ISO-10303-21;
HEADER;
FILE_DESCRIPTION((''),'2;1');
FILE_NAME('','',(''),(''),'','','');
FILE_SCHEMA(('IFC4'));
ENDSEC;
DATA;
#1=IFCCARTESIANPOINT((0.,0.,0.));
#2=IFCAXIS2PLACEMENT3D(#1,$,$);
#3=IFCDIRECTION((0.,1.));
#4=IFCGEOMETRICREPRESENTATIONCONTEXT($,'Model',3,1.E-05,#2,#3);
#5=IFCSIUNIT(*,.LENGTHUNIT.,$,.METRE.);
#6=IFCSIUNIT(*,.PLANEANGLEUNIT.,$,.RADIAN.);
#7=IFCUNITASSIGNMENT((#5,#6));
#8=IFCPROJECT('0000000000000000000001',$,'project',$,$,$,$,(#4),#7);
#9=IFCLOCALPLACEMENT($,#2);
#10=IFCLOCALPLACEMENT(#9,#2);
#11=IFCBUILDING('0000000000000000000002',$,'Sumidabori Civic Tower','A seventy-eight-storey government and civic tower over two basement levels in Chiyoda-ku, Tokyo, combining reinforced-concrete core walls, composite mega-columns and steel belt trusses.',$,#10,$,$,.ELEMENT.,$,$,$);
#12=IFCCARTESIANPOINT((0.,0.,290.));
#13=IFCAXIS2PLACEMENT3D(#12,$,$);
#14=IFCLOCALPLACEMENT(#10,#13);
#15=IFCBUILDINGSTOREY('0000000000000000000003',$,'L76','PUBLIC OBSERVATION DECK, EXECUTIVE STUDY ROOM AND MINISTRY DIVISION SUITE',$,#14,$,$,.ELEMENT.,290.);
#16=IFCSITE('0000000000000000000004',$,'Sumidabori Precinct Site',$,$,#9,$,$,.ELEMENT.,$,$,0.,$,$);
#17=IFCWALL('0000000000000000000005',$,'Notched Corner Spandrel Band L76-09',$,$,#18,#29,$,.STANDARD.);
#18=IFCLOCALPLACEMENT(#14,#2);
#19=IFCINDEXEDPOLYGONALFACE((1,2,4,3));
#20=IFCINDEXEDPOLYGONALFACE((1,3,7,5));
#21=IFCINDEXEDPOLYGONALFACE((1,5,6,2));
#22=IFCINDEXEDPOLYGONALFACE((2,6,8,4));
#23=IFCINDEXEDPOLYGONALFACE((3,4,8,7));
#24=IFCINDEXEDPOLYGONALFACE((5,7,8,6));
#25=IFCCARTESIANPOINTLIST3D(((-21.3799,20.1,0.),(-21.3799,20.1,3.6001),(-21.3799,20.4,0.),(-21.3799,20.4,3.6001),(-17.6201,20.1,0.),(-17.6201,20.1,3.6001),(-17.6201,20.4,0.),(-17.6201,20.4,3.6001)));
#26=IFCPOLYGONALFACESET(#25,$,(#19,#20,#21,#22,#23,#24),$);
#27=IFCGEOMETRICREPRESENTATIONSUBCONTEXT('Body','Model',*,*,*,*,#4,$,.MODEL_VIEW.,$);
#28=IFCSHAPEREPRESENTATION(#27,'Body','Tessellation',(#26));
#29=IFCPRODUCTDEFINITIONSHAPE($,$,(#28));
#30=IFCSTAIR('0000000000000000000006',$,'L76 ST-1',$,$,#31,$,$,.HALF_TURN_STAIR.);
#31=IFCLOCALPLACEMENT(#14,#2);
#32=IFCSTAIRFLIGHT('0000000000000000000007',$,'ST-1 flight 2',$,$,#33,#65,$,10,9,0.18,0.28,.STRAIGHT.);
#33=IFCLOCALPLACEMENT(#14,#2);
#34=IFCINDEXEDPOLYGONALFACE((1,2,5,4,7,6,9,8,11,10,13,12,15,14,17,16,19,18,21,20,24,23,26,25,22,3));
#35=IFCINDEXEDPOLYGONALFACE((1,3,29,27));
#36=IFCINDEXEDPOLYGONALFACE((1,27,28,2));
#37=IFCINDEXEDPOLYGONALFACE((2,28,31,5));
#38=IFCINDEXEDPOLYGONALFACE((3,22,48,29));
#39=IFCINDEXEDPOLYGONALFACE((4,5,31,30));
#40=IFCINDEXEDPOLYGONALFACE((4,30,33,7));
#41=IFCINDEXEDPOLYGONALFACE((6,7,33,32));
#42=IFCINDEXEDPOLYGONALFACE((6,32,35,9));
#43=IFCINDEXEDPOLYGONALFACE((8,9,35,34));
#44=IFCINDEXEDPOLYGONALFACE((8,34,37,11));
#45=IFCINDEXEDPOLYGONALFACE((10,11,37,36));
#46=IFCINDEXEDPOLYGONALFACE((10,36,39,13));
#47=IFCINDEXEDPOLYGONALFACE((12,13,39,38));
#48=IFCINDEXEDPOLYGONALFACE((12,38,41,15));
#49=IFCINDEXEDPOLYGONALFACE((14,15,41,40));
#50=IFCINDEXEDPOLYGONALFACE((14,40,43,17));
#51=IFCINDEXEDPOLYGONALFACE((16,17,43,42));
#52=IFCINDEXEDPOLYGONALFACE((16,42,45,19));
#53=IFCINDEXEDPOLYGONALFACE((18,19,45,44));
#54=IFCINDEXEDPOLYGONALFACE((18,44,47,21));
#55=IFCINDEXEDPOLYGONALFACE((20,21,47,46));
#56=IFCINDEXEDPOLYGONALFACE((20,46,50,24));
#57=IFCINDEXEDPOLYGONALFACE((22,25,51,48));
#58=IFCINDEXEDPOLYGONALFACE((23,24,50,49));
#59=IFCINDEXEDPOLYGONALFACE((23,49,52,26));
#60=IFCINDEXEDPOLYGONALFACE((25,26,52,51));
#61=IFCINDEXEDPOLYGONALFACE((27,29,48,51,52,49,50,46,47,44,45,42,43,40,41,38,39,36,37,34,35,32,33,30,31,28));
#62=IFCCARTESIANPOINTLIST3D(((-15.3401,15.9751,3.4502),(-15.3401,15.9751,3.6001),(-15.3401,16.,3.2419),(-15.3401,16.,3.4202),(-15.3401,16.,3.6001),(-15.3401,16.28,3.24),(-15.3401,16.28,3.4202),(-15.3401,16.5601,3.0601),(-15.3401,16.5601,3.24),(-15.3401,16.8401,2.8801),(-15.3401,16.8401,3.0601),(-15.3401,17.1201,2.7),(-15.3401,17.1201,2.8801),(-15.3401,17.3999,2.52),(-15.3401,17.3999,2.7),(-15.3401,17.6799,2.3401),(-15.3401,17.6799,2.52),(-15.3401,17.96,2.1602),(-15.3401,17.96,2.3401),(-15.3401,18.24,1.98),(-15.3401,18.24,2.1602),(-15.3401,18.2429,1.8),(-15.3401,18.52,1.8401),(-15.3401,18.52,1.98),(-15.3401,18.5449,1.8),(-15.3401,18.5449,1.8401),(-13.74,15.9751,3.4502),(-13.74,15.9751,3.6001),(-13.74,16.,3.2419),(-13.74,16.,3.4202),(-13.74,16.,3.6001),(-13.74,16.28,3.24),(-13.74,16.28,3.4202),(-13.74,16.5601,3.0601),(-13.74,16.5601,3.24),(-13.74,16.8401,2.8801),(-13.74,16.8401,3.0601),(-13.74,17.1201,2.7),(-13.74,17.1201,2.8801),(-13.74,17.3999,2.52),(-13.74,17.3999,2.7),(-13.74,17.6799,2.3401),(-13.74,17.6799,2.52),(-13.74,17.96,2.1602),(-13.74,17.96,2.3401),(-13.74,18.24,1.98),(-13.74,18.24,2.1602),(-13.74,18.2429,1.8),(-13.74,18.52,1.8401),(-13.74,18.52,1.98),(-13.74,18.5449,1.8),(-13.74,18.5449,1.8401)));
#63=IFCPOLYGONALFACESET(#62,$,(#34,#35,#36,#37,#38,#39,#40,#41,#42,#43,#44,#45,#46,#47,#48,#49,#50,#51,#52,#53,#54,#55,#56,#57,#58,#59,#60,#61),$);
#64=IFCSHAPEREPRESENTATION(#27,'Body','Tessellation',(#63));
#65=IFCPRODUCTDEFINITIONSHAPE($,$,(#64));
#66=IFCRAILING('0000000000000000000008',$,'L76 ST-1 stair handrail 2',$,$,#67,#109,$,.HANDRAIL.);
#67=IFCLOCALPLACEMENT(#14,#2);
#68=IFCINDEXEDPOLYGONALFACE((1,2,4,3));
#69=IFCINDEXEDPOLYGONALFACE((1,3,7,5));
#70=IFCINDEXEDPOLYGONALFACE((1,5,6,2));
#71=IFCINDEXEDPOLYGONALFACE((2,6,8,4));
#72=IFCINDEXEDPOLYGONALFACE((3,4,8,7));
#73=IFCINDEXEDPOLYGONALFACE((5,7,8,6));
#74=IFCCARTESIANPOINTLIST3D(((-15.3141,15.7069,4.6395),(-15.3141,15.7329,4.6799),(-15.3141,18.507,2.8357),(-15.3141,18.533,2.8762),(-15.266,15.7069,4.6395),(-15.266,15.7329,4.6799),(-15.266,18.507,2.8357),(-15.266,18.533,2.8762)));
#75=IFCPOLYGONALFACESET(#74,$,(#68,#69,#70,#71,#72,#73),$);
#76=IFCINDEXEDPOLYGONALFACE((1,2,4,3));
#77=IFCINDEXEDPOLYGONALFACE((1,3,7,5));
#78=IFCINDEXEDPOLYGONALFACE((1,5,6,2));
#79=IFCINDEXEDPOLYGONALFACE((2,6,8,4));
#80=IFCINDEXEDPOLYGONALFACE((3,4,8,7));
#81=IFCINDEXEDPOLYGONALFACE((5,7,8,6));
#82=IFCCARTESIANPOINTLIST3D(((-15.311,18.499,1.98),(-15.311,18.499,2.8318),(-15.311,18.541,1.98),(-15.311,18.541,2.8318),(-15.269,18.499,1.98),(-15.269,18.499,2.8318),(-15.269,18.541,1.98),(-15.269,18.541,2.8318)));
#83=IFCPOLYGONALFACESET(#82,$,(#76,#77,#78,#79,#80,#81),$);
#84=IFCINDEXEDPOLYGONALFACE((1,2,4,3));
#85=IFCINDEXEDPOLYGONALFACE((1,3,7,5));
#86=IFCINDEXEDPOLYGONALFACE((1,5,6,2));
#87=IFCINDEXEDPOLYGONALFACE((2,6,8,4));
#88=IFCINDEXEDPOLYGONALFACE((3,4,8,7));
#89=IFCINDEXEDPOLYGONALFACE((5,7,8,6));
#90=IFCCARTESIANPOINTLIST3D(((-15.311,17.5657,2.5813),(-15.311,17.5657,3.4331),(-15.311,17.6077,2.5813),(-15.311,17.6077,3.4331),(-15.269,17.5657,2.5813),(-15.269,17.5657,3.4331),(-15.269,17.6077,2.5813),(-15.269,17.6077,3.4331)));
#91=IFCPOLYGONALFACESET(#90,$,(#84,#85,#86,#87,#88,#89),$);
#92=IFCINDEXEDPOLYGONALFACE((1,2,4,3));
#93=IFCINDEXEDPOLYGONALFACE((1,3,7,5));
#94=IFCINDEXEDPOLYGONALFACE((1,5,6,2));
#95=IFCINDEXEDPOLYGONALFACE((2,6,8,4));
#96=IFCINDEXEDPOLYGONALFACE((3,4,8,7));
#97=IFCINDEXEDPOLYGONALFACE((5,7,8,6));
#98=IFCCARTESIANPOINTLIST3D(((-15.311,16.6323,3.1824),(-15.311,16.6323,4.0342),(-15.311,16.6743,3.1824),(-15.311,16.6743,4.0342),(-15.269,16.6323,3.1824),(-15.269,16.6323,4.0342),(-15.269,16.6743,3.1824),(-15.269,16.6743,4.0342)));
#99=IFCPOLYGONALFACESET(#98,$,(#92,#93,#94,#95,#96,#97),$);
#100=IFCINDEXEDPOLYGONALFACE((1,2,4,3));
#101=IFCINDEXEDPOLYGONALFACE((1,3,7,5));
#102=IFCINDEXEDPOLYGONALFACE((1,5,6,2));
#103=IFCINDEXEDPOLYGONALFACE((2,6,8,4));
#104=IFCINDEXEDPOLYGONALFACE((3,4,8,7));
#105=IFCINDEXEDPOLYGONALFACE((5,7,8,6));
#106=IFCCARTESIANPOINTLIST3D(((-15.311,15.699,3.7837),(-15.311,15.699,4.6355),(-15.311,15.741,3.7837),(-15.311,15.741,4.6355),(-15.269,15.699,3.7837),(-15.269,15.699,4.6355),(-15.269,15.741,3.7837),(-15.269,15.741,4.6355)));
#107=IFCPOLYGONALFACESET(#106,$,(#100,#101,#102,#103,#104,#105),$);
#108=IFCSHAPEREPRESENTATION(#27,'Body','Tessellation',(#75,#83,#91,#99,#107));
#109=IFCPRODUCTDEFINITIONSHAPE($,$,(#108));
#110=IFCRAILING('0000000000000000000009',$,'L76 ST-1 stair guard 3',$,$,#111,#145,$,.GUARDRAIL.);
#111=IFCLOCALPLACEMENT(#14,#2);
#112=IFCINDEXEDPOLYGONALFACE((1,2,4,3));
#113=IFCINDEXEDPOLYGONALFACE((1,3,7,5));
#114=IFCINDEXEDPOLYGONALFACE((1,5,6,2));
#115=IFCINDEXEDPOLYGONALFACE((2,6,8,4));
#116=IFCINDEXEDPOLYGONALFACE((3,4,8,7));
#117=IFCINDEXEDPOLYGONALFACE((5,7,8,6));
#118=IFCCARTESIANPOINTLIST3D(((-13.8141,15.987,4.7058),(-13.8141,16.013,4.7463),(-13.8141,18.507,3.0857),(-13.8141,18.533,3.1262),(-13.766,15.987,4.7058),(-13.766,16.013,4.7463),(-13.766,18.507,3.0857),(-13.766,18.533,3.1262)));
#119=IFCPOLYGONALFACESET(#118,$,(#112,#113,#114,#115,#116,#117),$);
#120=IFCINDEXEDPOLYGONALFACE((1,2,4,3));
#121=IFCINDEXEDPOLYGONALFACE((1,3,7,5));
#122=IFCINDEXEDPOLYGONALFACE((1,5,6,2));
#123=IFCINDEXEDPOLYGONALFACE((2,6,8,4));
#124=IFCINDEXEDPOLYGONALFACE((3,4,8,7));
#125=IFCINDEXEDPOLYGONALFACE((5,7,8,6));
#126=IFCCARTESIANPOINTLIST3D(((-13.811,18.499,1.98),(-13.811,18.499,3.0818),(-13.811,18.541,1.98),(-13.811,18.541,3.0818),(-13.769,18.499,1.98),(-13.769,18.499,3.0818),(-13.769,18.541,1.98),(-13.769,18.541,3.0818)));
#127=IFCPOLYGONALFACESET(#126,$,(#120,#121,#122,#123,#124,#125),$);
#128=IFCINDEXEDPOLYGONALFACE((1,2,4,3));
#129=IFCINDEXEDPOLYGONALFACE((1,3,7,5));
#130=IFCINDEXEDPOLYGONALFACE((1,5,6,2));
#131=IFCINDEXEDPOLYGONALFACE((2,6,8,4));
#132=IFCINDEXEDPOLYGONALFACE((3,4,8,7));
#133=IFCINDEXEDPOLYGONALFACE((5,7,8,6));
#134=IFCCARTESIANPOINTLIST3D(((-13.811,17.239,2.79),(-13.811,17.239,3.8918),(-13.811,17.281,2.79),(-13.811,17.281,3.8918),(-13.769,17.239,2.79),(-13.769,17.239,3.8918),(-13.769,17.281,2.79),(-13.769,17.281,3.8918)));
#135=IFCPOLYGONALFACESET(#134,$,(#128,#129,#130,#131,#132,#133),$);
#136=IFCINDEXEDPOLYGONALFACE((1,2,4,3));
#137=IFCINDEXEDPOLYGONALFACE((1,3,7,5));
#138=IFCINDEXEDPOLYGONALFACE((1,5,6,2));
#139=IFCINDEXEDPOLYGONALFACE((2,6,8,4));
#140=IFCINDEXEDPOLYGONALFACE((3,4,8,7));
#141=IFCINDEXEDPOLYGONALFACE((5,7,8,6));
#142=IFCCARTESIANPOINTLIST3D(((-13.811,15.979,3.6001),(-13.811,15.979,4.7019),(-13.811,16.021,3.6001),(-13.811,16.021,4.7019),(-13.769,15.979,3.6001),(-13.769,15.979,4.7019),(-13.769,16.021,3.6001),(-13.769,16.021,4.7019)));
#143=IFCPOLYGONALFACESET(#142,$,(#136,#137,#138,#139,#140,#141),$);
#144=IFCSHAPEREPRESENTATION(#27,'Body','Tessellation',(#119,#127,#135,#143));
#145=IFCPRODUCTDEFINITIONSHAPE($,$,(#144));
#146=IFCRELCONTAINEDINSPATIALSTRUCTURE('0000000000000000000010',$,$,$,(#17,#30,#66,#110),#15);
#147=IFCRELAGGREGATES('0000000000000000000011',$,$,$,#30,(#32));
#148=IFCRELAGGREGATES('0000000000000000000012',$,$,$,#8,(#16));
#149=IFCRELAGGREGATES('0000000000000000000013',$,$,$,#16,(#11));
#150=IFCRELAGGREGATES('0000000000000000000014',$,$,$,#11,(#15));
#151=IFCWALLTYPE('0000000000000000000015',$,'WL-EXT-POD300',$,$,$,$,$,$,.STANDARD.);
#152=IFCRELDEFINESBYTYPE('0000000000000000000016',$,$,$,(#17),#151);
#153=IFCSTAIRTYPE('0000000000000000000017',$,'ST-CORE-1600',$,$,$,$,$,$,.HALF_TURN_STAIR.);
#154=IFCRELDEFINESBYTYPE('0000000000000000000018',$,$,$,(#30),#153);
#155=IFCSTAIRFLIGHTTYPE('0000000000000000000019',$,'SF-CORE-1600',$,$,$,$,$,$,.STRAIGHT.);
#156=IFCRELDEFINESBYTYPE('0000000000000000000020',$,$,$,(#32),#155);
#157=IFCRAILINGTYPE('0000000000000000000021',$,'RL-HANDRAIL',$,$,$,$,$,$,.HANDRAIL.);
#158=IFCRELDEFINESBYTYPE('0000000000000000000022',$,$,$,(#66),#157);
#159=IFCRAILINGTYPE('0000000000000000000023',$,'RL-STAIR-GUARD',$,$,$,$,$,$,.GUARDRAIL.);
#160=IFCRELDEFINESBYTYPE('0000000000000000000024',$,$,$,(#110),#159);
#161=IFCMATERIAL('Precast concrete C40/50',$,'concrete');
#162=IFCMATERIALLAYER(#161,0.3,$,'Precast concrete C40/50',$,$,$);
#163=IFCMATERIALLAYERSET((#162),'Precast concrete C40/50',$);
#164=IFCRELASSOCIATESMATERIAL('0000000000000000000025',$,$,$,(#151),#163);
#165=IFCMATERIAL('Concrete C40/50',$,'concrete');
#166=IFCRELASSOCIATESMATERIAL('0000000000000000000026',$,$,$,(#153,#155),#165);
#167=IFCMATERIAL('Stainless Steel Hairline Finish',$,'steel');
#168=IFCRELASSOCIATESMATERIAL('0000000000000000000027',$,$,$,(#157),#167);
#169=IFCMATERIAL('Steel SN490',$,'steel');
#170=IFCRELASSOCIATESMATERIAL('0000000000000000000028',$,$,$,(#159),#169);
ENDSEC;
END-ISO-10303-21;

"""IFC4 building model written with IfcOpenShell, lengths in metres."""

from ifc_helpers import new_model, si_unit, direction, frame, frame_2d, origin, origin_2d, place, context, subcontext, project, spatial, polyline, rectangle, outline, extrude, source, transform, mapped, material, layer, layer_set, type_object, element, aggregate, save


model = new_model("IFC4")

# Units and contexts
model_context = context("Model", 3, precision=1e-05, world=origin(), true_north=direction((0.0, 1.0)))
body_context = subcontext(model_context, "Body", "Model", "MODEL_VIEW")
ifc_project = project(units=[si_unit("LENGTHUNIT", "METRE"), si_unit("PLANEANGLEUNIT", "RADIAN")], contexts=[model_context])

# Site, building, storey
site_placement = place(None, origin())
site = spatial("IfcSite", under=ifc_project, at=site_placement, Name="Sumidabori Precinct Site", CompositionType="ELEMENT", RefElevation=0.0)
building_placement = place(site_placement, origin())
building = spatial("IfcBuilding", under=site, at=building_placement, Name="Sumidabori Civic Tower", Description="A seventy-eight-storey government and civic tower over two basement levels in Chiyoda-ku, Tokyo, combining reinforced-concrete core walls, composite mega-columns and steel belt trusses.", CompositionType="ELEMENT")
storey_placement = place(building_placement, frame((0.0, 0.0, 290.0)))
storey = spatial("IfcBuildingStorey", under=building, at=storey_placement, Name="L76", Description="PUBLIC OBSERVATION DECK, EXECUTIVE STUDY ROOM AND MINISTRY DIVISION SUITE", CompositionType="ELEMENT", Elevation=290.0)

# Shared definitions
ifc_material_1 = material(Name="Steel SN490", Category="steel")

# Wall
ifc_material_2 = material(Name="Precast concrete C40/50", Category="concrete")
ifc_layer_1 = layer(ifc_material_2, 0.3, Name="Precast concrete C40/50")
ifc_layer_set_1 = layer_set([ifc_layer_1], Name="Precast concrete C40/50")
wall_type_1 = type_object("IfcWallType", Name="WL-EXT-POD300", PredefinedType="STANDARD", material=ifc_layer_set_1)
shared_shape_1 = source(origin(), body_context, "Body", "SweptSolid", [
    extrude(rectangle(XDim=3.7598, YDim=0.3, at=frame_2d((1.8799, 0.0))), origin(), (0.0, 0.0, 1.0), 3.6001),
])
wall_1_placement = place(storey_placement, frame((-17.6201, 20.25, 0.0), z_axis=(0.0, 0.0, 1.0), x_axis=(-1.0, 0.0, 0.0)))
element("IfcWall", 1, at=wall_1_placement, inside=storey, type_object=wall_type_1, Name="Notched Corner Spandrel Band L76-09", PredefinedType="STANDARD", context=body_context, shape_type="MappedRepresentation", body=[
    mapped(shared_shape_1, transform((0.0, 0.0, 0.0), x_axis=(1.0, 0.0, 0.0), y_axis=(0.0, 1.0, 0.0), z_axis=(0.0, 0.0, 1.0), scale=1.0)),
])

# Stair, stair flight
ifc_material_3 = material(Name="Concrete C40/50", Category="concrete")
stair_type = type_object("IfcStairType", Name="ST-CORE-1600", PredefinedType="HALF_TURN_STAIR", material=ifc_material_3)
stair_placement = place(storey_placement, origin())
stair = element("IfcStair", 2, at=stair_placement, inside=storey, type_object=stair_type, Name="L76 ST-1", PredefinedType="HALF_TURN_STAIR")
stair_flight_type = type_object("IfcStairFlightType", Name="SF-CORE-1600", PredefinedType="STRAIGHT", material=ifc_material_3)
shared_shape_2 = source(origin(), body_context, "Body", "SweptSolid", [
    extrude(outline(polyline([(-0.0249, 0.0), (-0.0249, 0.04), (0.0, 0.04), (0.0, 0.1799), (0.28, 0.1799), (0.28, 0.3601), (0.5601, 0.3601), (0.5601, 0.54), (0.8401, 0.54), (0.8401, 0.72), (1.1201, 0.72), (1.1201, 0.8999), (1.3999, 0.8999), (1.3999, 1.0801), (1.6799, 1.0801), (1.6799, 1.26), (1.96, 1.26), (1.96, 1.4399), (2.24, 1.4399), (2.24, 1.6201), (2.52, 1.6201), (2.52, 1.8), (2.5449, 1.8), (2.5449, 1.6501), (2.52, 1.4419), (0.2771, 0.0), (-0.0249, 0.0)])), frame((0.0, 0.8, 0.0), z_axis=(0.0, -1.0, 0.0), x_axis=(1.0, 0.0, 0.0)), (0.0, 0.0, 1.0), 1.6001),
])
stair_flight_placement = place(storey_placement, frame((-14.54, 18.52, 1.8), z_axis=(0.0, 0.0, 1.0), x_axis=(0.0, -1.0, 0.0)))
stair_flight = element("IfcStairFlight", 3, at=stair_flight_placement, type_object=stair_flight_type, Name="ST-1 flight 2", NumberOfRisers=10, NumberOfTreads=9, PredefinedType="STRAIGHT", RiserHeight=0.18, TreadLength=0.28, context=body_context, shape_type="MappedRepresentation", body=[
    mapped(shared_shape_2, transform((0.0, 0.0, 0.0), x_axis=(1.0, 0.0, 0.0), y_axis=(0.0, 1.0, 0.0), z_axis=(0.0, 0.0, 1.0), scale=1.0)),
])
aggregate(stair, [stair_flight])

# Railings
ifc_material_4 = material(Name="Stainless Steel Hairline Finish", Category="steel")
railing_type_1 = type_object("IfcRailingType", Name="RL-HANDRAIL", PredefinedType="HANDRAIL", material=ifc_material_4)
railing_1_placement = place(storey_placement, frame((-15.29, 18.52, 1.98)))
element("IfcRailing", 4, at=railing_1_placement, inside=storey, type_object=railing_type_1, Name="L76 ST-1 stair handrail 2", PredefinedType="HANDRAIL", context=body_context, shape_type="SweptSolid", body=[
    extrude(rectangle(XDim=0.0481, YDim=0.0481, at=origin_2d()), frame((0.0, 0.0, 0.876), z_axis=(0.0, -0.840676, 0.541539), x_axis=(1.0, 0.0, 0.0)), (0.0, 0.0, 1.0), 3.3308),
    extrude(rectangle(XDim=0.042, YDim=0.042, at=origin_2d()), origin(), (0.0, 0.0, 1.0), 0.8518),
    extrude(rectangle(XDim=0.042, YDim=0.042, at=origin_2d()), frame((0.0, -0.9333, 0.6013)), (0.0, 0.0, 1.0), 0.8518),
    extrude(rectangle(XDim=0.042, YDim=0.042, at=origin_2d()), frame((0.0, -1.8667, 1.2024)), (0.0, 0.0, 1.0), 0.8518),
    extrude(rectangle(XDim=0.042, YDim=0.042, at=origin_2d()), frame((0.0, -2.8, 1.8037)), (0.0, 0.0, 1.0), 0.8518),
])
railing_type_2 = type_object("IfcRailingType", Name="RL-STAIR-GUARD", PredefinedType="GUARDRAIL", material=ifc_material_1)
railing_2_placement = place(storey_placement, frame((-13.79, 18.52, 1.98)))
element("IfcRailing", 5, at=railing_2_placement, inside=storey, type_object=railing_type_2, Name="L76 ST-1 stair guard 3", PredefinedType="GUARDRAIL", context=body_context, shape_type="SweptSolid", body=[
    extrude(rectangle(XDim=0.0481, YDim=0.0481, at=origin_2d()), frame((0.0, 0.0, 1.126), z_axis=(0.0, -0.841163, 0.540782), x_axis=(1.0, 0.0, 0.0)), (0.0, 0.0, 1.0), 2.9958),
    extrude(rectangle(XDim=0.042, YDim=0.042, at=origin_2d()), origin(), (0.0, 0.0, 1.0), 1.1018),
    extrude(rectangle(XDim=0.042, YDim=0.042, at=origin_2d()), frame((0.0, -1.26, 0.8101)), (0.0, 0.0, 1.0), 1.1018),
    extrude(rectangle(XDim=0.042, YDim=0.042, at=origin_2d()), frame((0.0, -2.52, 1.6201)), (0.0, 0.0, 1.0), 1.1018),
])

save(model, "model.ifc")
